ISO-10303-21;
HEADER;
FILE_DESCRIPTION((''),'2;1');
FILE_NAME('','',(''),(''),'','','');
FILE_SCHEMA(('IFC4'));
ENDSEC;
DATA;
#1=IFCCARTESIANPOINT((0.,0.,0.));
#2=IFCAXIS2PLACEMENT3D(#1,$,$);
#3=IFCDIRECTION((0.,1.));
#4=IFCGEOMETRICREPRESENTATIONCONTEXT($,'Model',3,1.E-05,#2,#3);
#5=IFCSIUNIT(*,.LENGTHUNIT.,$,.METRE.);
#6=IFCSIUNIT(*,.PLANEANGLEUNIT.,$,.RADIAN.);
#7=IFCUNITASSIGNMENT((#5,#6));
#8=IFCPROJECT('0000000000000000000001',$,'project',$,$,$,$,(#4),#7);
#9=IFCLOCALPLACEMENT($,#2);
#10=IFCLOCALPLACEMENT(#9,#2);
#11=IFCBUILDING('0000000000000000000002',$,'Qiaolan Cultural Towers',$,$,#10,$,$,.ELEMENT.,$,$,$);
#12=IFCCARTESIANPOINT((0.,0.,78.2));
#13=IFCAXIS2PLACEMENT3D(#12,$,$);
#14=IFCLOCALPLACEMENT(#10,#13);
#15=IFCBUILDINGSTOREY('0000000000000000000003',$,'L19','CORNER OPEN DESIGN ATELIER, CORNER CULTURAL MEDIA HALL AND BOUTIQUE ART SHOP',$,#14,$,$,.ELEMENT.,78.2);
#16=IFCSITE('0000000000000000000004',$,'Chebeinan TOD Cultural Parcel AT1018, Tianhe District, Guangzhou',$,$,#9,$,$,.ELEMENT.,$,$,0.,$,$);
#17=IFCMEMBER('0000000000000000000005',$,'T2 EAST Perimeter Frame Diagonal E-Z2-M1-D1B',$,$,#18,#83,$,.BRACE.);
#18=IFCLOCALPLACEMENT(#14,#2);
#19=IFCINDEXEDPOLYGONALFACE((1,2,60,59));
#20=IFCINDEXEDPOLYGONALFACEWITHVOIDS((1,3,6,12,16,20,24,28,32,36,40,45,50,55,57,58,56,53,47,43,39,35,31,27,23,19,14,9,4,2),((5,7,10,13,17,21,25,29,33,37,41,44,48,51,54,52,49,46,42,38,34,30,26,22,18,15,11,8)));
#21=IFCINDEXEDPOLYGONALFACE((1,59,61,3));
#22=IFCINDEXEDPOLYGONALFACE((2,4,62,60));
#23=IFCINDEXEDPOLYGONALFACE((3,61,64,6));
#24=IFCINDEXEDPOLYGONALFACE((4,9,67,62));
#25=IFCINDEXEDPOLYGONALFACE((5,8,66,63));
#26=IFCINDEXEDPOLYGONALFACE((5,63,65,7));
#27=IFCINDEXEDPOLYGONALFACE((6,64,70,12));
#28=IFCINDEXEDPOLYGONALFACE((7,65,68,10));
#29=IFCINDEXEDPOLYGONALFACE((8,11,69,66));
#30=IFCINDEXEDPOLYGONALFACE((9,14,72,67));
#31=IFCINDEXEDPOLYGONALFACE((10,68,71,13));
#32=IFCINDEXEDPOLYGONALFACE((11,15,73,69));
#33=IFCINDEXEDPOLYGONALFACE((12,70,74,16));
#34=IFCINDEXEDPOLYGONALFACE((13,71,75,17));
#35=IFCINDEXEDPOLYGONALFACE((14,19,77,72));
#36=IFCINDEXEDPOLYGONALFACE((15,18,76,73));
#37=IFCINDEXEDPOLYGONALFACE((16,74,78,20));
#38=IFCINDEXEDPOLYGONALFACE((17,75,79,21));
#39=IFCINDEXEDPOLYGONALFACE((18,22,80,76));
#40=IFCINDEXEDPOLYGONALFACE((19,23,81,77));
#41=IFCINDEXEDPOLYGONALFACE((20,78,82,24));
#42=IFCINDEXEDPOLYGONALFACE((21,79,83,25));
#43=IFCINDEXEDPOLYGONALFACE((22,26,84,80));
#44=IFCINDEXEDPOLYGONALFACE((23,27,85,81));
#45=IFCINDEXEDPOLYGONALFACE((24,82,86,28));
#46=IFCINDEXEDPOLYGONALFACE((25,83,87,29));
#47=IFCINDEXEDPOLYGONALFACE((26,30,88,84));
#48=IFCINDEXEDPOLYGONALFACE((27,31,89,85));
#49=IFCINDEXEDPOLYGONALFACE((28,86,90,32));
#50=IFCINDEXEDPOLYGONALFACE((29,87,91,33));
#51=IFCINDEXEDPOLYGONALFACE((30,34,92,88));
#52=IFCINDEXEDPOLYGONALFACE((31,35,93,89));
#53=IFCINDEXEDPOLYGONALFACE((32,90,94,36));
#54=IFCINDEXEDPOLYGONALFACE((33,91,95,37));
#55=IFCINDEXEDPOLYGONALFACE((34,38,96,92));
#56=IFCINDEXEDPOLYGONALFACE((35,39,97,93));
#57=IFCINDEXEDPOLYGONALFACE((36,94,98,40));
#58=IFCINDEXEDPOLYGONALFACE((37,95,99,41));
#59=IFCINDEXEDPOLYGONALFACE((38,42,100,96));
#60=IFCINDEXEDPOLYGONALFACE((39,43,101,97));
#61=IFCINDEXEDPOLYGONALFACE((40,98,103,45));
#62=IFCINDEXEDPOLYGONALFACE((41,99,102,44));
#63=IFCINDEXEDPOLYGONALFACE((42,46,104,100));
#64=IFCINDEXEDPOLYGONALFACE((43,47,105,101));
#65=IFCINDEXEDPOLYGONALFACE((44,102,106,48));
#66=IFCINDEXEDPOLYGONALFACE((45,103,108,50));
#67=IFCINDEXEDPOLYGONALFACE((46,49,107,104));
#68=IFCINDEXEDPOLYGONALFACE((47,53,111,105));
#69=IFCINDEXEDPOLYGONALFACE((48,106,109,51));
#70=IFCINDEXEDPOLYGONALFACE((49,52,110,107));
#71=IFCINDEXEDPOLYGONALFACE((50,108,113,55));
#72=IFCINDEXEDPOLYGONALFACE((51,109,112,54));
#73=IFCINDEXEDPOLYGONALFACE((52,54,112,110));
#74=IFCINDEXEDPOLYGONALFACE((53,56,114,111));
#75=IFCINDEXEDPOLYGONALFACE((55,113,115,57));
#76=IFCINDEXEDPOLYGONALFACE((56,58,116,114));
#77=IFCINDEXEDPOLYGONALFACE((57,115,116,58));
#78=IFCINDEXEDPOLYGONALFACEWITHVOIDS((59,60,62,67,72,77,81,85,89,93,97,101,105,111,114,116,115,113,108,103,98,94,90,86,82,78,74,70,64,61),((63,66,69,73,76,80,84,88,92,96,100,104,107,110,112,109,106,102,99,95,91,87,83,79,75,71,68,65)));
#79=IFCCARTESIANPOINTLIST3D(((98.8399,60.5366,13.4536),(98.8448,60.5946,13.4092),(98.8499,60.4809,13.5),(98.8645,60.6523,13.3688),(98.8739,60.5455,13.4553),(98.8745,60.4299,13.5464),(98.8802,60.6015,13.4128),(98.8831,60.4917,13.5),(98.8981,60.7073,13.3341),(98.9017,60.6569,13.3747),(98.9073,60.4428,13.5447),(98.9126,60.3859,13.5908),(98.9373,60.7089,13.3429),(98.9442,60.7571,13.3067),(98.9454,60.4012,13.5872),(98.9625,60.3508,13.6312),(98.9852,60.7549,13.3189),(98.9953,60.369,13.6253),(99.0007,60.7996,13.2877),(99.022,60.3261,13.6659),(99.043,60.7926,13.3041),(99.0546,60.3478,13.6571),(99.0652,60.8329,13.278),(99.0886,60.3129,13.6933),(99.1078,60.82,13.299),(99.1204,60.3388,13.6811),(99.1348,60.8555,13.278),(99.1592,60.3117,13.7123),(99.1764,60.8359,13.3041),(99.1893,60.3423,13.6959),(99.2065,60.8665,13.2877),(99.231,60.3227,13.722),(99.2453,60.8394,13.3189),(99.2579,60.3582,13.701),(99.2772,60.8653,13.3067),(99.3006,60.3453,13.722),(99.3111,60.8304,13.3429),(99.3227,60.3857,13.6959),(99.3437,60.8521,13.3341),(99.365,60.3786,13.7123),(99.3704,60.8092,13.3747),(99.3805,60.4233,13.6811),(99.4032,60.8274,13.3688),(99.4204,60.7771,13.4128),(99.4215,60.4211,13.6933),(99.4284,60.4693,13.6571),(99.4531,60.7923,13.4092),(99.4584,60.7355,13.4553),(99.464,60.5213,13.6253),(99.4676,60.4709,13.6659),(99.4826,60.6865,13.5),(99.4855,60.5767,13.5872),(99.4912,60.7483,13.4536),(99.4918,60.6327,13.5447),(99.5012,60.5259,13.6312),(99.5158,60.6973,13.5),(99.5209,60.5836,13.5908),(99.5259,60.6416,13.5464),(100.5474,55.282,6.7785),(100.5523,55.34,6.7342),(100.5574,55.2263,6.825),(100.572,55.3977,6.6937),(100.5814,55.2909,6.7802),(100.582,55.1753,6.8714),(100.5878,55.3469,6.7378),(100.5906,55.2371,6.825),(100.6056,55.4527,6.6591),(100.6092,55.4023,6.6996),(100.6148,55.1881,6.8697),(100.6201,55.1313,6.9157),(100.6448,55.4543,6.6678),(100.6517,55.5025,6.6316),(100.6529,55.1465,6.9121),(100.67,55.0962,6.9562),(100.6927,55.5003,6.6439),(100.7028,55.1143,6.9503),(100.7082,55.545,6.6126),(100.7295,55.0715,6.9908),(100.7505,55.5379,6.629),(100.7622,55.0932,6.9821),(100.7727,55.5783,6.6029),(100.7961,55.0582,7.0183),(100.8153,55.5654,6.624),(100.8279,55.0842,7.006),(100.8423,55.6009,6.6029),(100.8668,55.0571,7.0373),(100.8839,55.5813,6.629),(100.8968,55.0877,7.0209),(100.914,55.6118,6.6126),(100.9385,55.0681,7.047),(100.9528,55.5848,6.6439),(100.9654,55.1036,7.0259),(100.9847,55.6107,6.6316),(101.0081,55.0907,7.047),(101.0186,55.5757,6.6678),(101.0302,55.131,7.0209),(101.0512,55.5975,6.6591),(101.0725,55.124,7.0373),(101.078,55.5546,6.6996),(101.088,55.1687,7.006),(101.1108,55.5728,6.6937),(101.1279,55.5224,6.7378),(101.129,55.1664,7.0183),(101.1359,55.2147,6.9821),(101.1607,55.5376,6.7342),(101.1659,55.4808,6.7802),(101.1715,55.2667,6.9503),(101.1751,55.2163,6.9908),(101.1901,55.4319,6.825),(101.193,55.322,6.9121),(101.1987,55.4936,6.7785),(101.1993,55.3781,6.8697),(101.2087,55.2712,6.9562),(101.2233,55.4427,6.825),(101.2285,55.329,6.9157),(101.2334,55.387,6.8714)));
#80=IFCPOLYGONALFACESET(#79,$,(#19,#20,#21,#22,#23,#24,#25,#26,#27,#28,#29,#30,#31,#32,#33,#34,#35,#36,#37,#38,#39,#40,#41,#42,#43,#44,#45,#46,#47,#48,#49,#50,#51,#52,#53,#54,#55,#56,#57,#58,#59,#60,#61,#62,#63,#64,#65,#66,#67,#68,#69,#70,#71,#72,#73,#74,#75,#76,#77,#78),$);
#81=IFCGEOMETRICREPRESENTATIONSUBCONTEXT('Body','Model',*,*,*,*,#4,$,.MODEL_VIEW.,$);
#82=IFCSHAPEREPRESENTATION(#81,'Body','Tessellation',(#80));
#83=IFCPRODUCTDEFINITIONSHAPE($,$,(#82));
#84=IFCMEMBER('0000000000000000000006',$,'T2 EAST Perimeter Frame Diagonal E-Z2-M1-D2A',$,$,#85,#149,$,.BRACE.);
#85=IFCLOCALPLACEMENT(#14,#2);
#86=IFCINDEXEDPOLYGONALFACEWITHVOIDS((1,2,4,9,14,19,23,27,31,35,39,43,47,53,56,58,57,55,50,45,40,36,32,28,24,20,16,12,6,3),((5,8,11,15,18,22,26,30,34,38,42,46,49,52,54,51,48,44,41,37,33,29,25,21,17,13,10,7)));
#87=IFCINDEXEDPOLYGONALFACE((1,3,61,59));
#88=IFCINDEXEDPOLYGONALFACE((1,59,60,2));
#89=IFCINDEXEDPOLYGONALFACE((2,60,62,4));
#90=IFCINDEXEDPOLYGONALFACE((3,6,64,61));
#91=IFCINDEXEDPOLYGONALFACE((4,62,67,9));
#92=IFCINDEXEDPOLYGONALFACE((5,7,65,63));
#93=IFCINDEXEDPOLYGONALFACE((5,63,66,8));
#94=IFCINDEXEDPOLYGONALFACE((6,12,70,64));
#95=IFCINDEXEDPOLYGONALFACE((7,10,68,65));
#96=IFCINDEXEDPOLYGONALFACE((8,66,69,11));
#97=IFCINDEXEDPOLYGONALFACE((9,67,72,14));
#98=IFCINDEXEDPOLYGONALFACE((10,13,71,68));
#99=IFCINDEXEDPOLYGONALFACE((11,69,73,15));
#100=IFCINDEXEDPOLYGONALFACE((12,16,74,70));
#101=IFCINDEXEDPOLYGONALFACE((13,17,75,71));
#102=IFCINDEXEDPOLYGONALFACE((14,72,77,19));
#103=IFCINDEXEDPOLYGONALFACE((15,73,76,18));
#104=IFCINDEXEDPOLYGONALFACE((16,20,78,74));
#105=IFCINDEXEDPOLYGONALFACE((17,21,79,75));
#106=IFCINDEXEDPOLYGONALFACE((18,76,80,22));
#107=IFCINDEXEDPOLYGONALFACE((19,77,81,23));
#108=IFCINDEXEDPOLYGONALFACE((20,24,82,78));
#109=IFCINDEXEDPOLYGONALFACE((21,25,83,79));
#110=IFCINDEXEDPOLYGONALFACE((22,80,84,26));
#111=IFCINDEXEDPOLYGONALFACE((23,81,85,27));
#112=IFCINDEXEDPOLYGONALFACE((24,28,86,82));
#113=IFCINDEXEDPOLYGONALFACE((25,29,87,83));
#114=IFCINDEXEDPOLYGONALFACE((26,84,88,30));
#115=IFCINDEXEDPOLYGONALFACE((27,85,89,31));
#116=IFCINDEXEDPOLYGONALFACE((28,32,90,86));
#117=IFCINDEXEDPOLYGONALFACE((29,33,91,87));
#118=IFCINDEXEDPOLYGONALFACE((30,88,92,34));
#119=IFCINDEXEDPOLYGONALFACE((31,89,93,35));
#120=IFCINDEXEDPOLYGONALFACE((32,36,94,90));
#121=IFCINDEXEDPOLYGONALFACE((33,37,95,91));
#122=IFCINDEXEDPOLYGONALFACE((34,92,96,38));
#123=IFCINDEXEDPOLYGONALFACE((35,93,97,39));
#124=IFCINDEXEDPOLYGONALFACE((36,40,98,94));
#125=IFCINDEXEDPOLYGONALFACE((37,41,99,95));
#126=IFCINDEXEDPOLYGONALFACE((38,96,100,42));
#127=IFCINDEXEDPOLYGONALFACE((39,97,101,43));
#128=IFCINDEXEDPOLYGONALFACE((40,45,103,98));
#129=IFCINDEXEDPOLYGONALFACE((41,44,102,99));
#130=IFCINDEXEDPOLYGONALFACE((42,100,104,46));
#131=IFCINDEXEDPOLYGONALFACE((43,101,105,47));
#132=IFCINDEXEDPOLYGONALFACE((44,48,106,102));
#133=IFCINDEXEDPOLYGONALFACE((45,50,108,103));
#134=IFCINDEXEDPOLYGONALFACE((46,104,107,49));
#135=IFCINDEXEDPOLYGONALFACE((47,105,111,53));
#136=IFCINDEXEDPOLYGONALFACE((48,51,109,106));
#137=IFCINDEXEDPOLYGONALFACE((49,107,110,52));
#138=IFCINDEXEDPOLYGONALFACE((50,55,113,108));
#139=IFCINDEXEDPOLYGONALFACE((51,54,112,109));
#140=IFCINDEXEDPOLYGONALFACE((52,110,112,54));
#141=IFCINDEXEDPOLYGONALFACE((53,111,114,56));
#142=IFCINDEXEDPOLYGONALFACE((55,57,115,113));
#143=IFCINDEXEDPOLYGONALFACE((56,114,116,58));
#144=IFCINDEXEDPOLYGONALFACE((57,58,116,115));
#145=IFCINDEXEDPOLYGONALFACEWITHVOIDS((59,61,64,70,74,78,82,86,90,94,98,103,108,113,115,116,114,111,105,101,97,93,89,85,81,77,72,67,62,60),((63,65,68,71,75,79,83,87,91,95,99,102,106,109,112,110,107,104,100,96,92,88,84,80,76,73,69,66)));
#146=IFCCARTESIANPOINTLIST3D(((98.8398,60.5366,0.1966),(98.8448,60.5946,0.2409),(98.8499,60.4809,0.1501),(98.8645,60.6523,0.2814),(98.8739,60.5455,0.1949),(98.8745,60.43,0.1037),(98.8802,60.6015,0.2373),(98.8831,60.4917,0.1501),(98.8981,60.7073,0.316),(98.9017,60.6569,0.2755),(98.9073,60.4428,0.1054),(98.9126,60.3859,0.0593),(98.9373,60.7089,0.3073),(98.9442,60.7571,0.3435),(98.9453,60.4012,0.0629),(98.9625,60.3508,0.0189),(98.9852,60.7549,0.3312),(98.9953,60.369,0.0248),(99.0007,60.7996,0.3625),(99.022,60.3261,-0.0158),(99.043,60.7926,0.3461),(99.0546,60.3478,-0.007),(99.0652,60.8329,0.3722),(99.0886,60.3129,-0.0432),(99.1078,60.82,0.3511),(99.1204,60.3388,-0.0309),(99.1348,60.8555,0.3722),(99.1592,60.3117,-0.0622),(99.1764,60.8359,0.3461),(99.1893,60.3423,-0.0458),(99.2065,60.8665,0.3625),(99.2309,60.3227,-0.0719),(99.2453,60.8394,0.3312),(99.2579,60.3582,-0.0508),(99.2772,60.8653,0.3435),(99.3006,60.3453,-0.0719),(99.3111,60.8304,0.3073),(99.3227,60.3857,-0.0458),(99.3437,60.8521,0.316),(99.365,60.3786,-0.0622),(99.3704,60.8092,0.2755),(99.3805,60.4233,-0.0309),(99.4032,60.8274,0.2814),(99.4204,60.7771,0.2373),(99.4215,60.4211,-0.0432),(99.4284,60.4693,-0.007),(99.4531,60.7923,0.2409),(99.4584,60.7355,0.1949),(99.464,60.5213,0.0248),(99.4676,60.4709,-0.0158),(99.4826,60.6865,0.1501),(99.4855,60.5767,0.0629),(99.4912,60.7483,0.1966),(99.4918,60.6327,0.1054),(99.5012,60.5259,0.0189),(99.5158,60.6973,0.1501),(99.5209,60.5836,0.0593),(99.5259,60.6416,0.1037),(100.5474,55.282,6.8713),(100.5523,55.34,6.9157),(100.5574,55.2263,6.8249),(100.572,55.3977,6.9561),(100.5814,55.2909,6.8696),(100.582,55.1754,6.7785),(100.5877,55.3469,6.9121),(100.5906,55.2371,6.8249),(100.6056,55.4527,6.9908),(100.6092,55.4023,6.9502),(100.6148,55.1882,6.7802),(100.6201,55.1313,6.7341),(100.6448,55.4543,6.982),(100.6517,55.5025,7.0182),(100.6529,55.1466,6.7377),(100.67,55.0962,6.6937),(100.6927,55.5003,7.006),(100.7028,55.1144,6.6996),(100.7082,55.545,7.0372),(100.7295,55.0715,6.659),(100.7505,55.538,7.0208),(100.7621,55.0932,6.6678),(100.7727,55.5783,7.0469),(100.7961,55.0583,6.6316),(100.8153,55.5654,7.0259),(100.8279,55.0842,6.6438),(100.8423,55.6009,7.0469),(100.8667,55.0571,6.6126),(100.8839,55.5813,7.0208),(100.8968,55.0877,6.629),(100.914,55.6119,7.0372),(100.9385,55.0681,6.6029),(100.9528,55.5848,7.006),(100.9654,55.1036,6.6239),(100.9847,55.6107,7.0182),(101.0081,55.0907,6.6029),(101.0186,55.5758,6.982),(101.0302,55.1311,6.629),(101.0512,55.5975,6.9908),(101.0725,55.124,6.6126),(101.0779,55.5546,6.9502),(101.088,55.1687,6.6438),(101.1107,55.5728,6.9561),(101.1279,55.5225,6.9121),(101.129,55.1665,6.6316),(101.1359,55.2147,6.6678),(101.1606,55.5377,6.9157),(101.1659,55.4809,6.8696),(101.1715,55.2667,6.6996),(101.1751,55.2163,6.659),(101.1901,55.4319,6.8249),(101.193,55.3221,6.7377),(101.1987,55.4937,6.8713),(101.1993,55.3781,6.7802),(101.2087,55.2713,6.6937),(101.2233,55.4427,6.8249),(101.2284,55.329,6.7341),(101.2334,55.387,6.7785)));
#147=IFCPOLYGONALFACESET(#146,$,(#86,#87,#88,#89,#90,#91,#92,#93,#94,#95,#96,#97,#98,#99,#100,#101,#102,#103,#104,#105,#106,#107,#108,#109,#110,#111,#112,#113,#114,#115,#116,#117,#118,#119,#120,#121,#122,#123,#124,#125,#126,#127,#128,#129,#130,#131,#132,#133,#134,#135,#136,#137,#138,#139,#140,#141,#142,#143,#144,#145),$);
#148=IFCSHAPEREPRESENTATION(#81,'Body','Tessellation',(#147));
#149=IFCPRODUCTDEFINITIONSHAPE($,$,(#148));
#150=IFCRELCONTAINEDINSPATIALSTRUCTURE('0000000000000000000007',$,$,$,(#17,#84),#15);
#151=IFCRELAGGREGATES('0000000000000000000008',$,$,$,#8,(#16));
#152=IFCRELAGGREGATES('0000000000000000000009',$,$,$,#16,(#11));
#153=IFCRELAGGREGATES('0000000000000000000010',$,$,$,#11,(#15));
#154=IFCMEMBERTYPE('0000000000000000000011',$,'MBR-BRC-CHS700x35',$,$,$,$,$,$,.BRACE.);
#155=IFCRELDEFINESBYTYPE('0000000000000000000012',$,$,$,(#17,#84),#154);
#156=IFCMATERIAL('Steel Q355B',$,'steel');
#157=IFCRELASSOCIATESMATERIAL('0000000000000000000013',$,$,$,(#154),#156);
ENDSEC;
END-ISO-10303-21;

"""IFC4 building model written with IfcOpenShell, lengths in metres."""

from ifc_helpers import new_model, si_unit, direction, frame, origin, origin_2d, place, context, subcontext, project, spatial, hollow_circle, extrude, material, material_profile, profile_set, type_object, element, save


model = new_model("IFC4")

# Units and contexts
model_context = context("Model", 3, precision=1e-05, world=origin(), true_north=direction((0.0, 1.0)))
body_context = subcontext(model_context, "Body", "Model", "MODEL_VIEW")
ifc_project = project(units=[si_unit("LENGTHUNIT", "METRE"), si_unit("PLANEANGLEUNIT", "RADIAN")], contexts=[model_context])

# Site, building, storey
site_placement = place(None, origin())
site = spatial("IfcSite", under=ifc_project, at=site_placement, Name="Chebeinan TOD Cultural Parcel AT1018, Tianhe District, Guangzhou", CompositionType="ELEMENT", RefElevation=0.0)
building_placement = place(site_placement, origin())
building = spatial("IfcBuilding", under=site, at=building_placement, Name="Qiaolan Cultural Towers", CompositionType="ELEMENT")
storey_placement = place(building_placement, frame((0.0, 0.0, 78.2)))
storey = spatial("IfcBuildingStorey", under=building, at=storey_placement, Name="L19", Description="CORNER OPEN DESIGN ATELIER, CORNER CULTURAL MEDIA HALL AND BOUTIQUE ART SHOP", CompositionType="ELEMENT", Elevation=78.2)

# Members
ifc_material_1 = material(Name="Steel Q355B", Category="steel")
ifc_material_profile_1 = material_profile(ifc_material_1, hollow_circle(Radius=0.3501, WallThickness=0.0349, at=origin_2d()), Name="CHS700x35")
ifc_profile_set_1 = profile_set([ifc_material_profile_1], Name="Steel Q355B")
member_type = type_object("IfcMemberType", Name="MBR-BRC-CHS700x35", PredefinedType="BRACE", material=ifc_profile_set_1)
member_1_placement = place(storey_placement, frame((100.8904, 55.3345, 6.825), z_axis=(-0.197058, 0.606417, 0.770341), x_axis=(-0.951047, -0.309047, 0.0)))
element("IfcMember", 1, at=member_1_placement, inside=storey, type_object=member_type, Name="T2 EAST Perimeter Frame Diagonal E-Z2-M1-D1B", PredefinedType="BRACE", context=body_context, shape_type="SweptSolid", body=[
    extrude(hollow_circle(Radius=0.3501, WallThickness=0.0349, at=origin_2d()), origin(), (0.0, 0.0, 1.0), 8.665),
])
member_2_placement = place(storey_placement, frame((99.1829, 60.5891, 0.1501), z_axis=(0.197062, -0.606431, 0.77033), x_axis=(0.951047, 0.309047, 0.0)))
element("IfcMember", 2, at=member_2_placement, inside=storey, type_object=member_type, Name="T2 EAST Perimeter Frame Diagonal E-Z2-M1-D2A", PredefinedType="BRACE", context=body_context, shape_type="SweptSolid", body=[
    extrude(hollow_circle(Radius=0.3501, WallThickness=0.0349, at=origin_2d()), origin(), (0.0, 0.0, 1.0), 8.6648),
])

save(model, "model.ifc")
